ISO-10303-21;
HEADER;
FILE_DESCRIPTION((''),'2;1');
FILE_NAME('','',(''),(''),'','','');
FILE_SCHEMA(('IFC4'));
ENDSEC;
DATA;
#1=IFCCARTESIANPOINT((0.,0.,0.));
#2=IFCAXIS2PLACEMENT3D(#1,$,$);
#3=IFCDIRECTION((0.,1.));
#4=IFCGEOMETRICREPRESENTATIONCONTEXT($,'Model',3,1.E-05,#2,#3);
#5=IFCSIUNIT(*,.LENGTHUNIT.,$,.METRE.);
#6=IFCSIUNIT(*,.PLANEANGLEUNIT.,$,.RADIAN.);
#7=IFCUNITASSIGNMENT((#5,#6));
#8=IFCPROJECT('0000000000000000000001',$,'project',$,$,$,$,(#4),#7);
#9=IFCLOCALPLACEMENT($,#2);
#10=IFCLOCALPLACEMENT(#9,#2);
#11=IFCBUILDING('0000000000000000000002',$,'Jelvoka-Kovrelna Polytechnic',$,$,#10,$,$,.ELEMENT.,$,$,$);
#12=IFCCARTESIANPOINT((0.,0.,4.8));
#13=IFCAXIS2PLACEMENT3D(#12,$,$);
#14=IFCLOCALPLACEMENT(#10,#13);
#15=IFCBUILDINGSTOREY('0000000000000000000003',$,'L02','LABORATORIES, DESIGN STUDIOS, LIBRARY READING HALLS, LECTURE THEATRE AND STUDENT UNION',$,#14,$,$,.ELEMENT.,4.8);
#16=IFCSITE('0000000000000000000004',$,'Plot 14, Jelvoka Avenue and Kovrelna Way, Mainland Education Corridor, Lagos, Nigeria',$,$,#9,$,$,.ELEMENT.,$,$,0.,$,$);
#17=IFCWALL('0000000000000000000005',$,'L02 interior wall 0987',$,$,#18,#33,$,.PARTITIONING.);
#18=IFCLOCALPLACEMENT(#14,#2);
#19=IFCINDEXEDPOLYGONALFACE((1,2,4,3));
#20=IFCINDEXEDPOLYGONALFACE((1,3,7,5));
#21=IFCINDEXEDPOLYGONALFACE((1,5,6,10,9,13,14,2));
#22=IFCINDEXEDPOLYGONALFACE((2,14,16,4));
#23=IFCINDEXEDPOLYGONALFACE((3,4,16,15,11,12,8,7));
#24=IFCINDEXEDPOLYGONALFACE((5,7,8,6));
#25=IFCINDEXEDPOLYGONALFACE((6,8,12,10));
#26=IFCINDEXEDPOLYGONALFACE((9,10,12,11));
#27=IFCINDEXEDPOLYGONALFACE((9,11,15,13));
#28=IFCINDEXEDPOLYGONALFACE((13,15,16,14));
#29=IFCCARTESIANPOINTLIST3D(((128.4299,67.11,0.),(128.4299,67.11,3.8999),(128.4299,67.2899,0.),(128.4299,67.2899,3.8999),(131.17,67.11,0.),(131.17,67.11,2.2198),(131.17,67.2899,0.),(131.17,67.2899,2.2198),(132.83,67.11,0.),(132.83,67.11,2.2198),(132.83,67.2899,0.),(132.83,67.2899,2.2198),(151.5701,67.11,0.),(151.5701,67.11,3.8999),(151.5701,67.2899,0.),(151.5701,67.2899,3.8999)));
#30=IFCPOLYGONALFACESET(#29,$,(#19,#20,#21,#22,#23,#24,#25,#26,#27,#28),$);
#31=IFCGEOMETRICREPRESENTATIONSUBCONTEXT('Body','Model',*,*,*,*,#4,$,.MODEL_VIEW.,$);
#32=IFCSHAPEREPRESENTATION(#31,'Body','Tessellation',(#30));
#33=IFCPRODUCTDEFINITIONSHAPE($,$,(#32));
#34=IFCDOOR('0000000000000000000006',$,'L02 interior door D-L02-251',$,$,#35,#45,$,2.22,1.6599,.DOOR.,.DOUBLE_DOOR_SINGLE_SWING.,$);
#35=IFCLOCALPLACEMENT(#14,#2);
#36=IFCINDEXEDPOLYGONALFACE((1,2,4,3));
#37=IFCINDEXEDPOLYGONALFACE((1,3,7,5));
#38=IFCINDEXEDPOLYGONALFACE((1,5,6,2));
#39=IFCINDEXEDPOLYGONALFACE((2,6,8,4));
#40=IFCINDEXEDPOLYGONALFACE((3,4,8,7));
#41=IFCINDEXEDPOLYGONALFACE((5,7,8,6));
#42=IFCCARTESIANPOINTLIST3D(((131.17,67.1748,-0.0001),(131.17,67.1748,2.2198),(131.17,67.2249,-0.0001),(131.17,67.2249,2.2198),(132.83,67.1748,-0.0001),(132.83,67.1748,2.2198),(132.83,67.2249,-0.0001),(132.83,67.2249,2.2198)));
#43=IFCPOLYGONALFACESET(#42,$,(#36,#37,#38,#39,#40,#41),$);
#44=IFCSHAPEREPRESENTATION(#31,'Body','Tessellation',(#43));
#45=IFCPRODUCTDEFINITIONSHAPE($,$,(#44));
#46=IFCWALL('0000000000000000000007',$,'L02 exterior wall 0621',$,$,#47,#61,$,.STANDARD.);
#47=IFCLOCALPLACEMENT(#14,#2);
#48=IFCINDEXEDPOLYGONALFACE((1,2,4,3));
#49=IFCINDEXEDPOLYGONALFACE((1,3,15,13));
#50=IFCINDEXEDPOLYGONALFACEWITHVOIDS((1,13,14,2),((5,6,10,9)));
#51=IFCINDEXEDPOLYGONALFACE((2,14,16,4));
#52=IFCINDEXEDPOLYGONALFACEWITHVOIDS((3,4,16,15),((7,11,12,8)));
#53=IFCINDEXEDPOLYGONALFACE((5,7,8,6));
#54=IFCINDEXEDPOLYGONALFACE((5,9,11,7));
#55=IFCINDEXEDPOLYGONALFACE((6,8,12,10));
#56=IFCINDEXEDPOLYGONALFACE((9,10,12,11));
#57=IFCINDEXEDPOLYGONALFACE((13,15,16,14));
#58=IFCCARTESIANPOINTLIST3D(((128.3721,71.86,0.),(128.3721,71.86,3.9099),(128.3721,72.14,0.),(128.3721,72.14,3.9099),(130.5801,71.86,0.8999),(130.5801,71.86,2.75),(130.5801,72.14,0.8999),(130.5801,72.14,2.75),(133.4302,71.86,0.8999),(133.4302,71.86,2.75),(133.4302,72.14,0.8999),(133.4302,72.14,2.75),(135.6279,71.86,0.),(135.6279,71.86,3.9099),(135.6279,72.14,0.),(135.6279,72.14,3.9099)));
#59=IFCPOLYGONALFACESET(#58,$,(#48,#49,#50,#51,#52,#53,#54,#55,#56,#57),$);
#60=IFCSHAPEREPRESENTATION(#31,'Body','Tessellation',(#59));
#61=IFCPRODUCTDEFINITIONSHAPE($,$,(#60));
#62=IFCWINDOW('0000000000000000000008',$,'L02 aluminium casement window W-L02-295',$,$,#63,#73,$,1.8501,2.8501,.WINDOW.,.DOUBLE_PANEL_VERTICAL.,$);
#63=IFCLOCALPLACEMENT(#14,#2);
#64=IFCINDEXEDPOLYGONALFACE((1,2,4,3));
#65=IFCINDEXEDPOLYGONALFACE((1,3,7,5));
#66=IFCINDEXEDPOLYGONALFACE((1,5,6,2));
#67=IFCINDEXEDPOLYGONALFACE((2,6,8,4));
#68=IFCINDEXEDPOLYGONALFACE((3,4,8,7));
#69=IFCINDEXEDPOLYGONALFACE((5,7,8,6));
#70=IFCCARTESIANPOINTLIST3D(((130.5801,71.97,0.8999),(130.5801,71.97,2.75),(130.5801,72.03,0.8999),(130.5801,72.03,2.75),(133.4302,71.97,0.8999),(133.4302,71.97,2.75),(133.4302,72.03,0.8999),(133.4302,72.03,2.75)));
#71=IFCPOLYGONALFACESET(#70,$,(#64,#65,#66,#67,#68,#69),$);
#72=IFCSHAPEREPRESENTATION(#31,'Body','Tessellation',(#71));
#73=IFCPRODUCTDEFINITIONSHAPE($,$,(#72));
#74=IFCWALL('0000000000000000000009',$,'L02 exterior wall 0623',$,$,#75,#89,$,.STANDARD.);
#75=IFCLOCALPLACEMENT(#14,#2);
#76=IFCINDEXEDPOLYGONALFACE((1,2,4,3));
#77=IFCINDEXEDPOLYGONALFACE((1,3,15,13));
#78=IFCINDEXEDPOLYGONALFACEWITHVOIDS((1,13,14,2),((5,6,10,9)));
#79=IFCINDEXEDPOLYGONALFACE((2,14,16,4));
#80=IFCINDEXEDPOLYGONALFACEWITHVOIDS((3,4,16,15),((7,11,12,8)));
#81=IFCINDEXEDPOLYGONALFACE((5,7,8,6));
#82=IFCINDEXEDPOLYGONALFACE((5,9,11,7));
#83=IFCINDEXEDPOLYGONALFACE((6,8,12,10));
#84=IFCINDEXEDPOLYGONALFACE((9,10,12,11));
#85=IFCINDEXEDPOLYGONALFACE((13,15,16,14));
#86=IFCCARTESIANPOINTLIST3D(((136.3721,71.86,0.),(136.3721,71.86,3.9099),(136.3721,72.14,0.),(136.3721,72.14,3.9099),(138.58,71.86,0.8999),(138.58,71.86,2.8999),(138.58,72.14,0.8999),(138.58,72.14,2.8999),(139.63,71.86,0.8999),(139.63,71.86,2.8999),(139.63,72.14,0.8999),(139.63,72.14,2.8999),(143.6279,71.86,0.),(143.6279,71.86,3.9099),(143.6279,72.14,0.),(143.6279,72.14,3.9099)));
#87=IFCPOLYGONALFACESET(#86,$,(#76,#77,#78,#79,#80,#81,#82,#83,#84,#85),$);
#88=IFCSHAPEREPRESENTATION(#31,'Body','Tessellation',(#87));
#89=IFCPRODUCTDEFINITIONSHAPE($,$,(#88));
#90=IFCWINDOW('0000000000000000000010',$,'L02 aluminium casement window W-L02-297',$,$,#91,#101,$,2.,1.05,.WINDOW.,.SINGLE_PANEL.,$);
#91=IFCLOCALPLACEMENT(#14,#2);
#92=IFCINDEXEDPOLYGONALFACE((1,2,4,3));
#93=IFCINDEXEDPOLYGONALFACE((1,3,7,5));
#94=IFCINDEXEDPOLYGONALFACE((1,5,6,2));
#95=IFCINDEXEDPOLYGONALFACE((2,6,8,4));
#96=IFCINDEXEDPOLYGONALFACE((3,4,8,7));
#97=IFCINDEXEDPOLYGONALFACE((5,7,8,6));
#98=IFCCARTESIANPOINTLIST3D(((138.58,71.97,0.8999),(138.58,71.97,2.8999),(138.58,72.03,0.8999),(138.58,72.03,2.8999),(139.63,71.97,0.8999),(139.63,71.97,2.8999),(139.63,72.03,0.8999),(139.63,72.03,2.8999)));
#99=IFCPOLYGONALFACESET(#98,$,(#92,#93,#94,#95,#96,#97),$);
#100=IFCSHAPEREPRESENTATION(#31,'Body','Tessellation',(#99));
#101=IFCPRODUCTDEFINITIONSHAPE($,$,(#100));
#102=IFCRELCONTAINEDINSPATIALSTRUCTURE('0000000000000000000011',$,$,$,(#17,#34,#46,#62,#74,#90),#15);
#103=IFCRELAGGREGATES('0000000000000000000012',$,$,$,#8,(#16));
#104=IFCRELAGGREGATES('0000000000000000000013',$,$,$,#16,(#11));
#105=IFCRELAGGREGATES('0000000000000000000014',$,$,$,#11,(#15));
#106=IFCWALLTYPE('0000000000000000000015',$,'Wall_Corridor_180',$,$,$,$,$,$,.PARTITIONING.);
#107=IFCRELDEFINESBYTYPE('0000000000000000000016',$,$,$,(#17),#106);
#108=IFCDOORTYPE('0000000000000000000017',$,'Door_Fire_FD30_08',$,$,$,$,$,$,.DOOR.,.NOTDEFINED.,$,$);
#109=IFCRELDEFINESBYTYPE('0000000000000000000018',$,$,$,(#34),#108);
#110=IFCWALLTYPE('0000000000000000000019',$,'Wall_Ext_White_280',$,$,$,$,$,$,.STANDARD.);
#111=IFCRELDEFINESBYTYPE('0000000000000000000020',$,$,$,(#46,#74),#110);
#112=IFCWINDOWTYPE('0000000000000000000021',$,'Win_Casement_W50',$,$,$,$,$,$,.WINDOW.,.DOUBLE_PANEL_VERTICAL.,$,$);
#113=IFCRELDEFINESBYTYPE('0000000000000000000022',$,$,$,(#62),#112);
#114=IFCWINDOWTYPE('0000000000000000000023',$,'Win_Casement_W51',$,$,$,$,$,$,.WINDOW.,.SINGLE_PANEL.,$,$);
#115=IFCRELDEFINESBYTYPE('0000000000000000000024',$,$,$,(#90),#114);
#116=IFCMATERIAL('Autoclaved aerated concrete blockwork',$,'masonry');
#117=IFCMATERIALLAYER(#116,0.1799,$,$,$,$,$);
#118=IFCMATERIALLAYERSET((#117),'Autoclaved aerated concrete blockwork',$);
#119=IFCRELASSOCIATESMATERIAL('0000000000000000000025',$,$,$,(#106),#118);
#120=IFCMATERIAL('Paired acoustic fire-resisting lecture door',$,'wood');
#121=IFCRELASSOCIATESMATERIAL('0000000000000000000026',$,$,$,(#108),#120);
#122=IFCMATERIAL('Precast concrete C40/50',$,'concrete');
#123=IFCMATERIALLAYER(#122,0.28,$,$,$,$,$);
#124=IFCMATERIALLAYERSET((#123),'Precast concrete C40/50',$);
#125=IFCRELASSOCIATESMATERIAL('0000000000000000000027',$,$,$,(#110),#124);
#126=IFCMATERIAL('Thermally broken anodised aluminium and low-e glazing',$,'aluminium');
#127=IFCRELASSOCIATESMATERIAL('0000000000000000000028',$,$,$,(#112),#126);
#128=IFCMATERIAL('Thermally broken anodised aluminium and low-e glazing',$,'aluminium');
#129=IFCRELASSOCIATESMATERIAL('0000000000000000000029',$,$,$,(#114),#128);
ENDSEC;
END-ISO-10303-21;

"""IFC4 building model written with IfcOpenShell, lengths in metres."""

from ifc_helpers import new_model, si_unit, direction, frame, frame_2d, origin, place, context, subcontext, project, spatial, rectangle, extrude, material, layer, layer_set, type_object, element, fill, save


model = new_model("IFC4")

# Units and contexts
model_context = context("Model", 3, precision=1e-05, world=origin(), true_north=direction((0.0, 1.0)))
body_context = subcontext(model_context, "Body", "Model", "MODEL_VIEW")
ifc_project = project(units=[si_unit("LENGTHUNIT", "METRE"), si_unit("PLANEANGLEUNIT", "RADIAN")], contexts=[model_context])

# Site, building, storey
site_placement = place(None, origin())
site = spatial("IfcSite", under=ifc_project, at=site_placement, Name="Plot 14, Jelvoka Avenue and Kovrelna Way, Mainland Education Corridor, Lagos, Nigeria", CompositionType="ELEMENT", RefElevation=0.0)
building_placement = place(site_placement, origin())
building = spatial("IfcBuilding", under=site, at=building_placement, Name="Jelvoka-Kovrelna Polytechnic", CompositionType="ELEMENT")
storey_placement = place(building_placement, frame((0.0, 0.0, 4.8)))
storey = spatial("IfcBuildingStorey", under=building, at=storey_placement, Name="L02", Description="LABORATORIES, DESIGN STUDIOS, LIBRARY READING HALLS, LECTURE THEATRE AND STUDENT UNION", CompositionType="ELEMENT", Elevation=4.8)

# Wall, opening, door
ifc_material_1 = material(Name="Autoclaved aerated concrete blockwork", Category="masonry")
ifc_layer_1 = layer(ifc_material_1, 0.1799)
ifc_layer_set_1 = layer_set([ifc_layer_1], Name="Autoclaved aerated concrete blockwork")
wall_type_1 = type_object("IfcWallType", Name="Wall_Corridor_180", PredefinedType="PARTITIONING", material=ifc_layer_set_1)
wall_1_placement = place(storey_placement, frame((128.4299, 67.2, 0.0), z_axis=(0.0, 0.0, 1.0), x_axis=(1.0, 0.0, 0.0)))
wall_1 = element("IfcWall", 1, at=wall_1_placement, inside=storey, type_object=wall_type_1, Name="L02 interior wall 0987", PredefinedType="PARTITIONING", context=body_context, shape_type="SweptSolid", body=[
    extrude(rectangle(XDim=23.1401, YDim=0.1799, at=frame_2d((11.5701, 0.0))), origin(), (0.0, 0.0, 1.0), 3.8999),
])
opening_1_placement = place(wall_1_placement, frame((2.74, 0.0, 0.0)))
opening_1 = element("IfcOpeningElement", 2, at=opening_1_placement, cuts=wall_1, PredefinedType="OPENING", context=body_context, shape_type="SweptSolid", body=[
    extrude(rectangle(XDim=1.6599, YDim=2.22, at=frame_2d((0.8301, 1.1099))), frame((0.0, 0.0999, 0.0), z_axis=(0.0, -1.0, 0.0), x_axis=(1.0, 0.0, 0.0)), (0.0, 0.0, 1.0), 0.2),
])
ifc_material_2 = material(Name="Paired acoustic fire-resisting lecture door", Category="wood")
door_type_1 = type_object("IfcDoorType", Name="Door_Fire_FD30_08", OperationType="NOTDEFINED", PredefinedType="DOOR", material=ifc_material_2)
door_1_placement = place(opening_1_placement, origin())
door_1 = element("IfcDoor", 3, at=door_1_placement, inside=storey, type_object=door_type_1, Name="L02 interior door D-L02-251", OperationType="DOUBLE_DOOR_SINGLE_SWING", OverallHeight=2.22, OverallWidth=1.6599, PredefinedType="DOOR", context=body_context, shape_type="SweptSolid", body=[
    extrude(rectangle(XDim=1.6599, YDim=2.22, at=frame_2d((0.8301, 1.1099))), frame((0.0, 0.0249, 0.0), z_axis=(0.0, -1.0, 0.0), x_axis=(1.0, 0.0, 0.0)), (0.0, 0.0, 1.0), 0.05),
])
fill(opening_1, door_1)

# Walls, openings, windows
ifc_material_3 = material(Name="Precast concrete C40/50", Category="concrete")
ifc_layer_2 = layer(ifc_material_3, 0.28)
ifc_layer_set_2 = layer_set([ifc_layer_2], Name="Precast concrete C40/50")
wall_type_2 = type_object("IfcWallType", Name="Wall_Ext_White_280", PredefinedType="STANDARD", material=ifc_layer_set_2)
wall_2_placement = place(storey_placement, frame((128.3721, 72.0, 0.0), z_axis=(0.0, 0.0, 1.0), x_axis=(1.0, 0.0, 0.0)))
wall_2 = element("IfcWall", 4, at=wall_2_placement, inside=storey, type_object=wall_type_2, Name="L02 exterior wall 0621", PredefinedType="STANDARD", context=body_context, shape_type="SweptSolid", body=[
    extrude(rectangle(XDim=7.2559, YDim=0.28, at=frame_2d((3.6279, 0.0))), origin(), (0.0, 0.0, 1.0), 3.9099),
])
opening_2_placement = place(wall_2_placement, frame((2.208, 0.0, 0.8999)))
opening_2 = element("IfcOpeningElement", 5, at=opening_2_placement, cuts=wall_2, PredefinedType="OPENING", context=body_context, shape_type="SweptSolid", body=[
    extrude(rectangle(XDim=2.8501, YDim=1.8501, at=frame_2d((1.425, 0.925))), frame((0.0, 0.1501, 0.0), z_axis=(0.0, -1.0, 0.0), x_axis=(1.0, 0.0, 0.0)), (0.0, 0.0, 1.0), 0.3),
])
ifc_material_4 = material(Name="Thermally broken anodised aluminium and low-e glazing", Category="aluminium")
window_type_1 = type_object("IfcWindowType", Name="Win_Casement_W50", PartitioningType="DOUBLE_PANEL_VERTICAL", PredefinedType="WINDOW", material=ifc_material_4)
window_1_placement = place(opening_2_placement, origin())
window_1 = element("IfcWindow", 6, at=window_1_placement, inside=storey, type_object=window_type_1, Name="L02 aluminium casement window W-L02-295", OverallHeight=1.8501, OverallWidth=2.8501, PartitioningType="DOUBLE_PANEL_VERTICAL", PredefinedType="WINDOW", context=body_context, shape_type="SweptSolid", body=[
    extrude(rectangle(XDim=2.8501, YDim=1.8501, at=frame_2d((1.425, 0.925))), frame((0.0, 0.03, 0.0), z_axis=(0.0, -1.0, 0.0), x_axis=(1.0, 0.0, 0.0)), (0.0, 0.0, 1.0), 0.0601),
])
fill(opening_2, window_1)
wall_3_placement = place(storey_placement, frame((136.3721, 72.0, 0.0), z_axis=(0.0, 0.0, 1.0), x_axis=(1.0, 0.0, 0.0)))
wall_3 = element("IfcWall", 7, at=wall_3_placement, inside=storey, type_object=wall_type_2, Name="L02 exterior wall 0623", PredefinedType="STANDARD", context=body_context, shape_type="SweptSolid", body=[
    extrude(rectangle(XDim=7.2559, YDim=0.28, at=frame_2d((3.6279, 0.0))), origin(), (0.0, 0.0, 1.0), 3.9099),
])
opening_3_placement = place(wall_3_placement, frame((2.208, 0.0, 0.8999)))
opening_3 = element("IfcOpeningElement", 8, at=opening_3_placement, cuts=wall_3, PredefinedType="OPENING", context=body_context, shape_type="SweptSolid", body=[
    extrude(rectangle(XDim=1.05, YDim=2.0, at=frame_2d((0.5249, 1.0))), frame((0.0, 0.1501, 0.0), z_axis=(0.0, -1.0, 0.0), x_axis=(1.0, 0.0, 0.0)), (0.0, 0.0, 1.0), 0.3),
])
ifc_material_5 = material(Name="Thermally broken anodised aluminium and low-e glazing", Category="aluminium")
window_type_2 = type_object("IfcWindowType", Name="Win_Casement_W51", PartitioningType="SINGLE_PANEL", PredefinedType="WINDOW", material=ifc_material_5)
window_2_placement = place(opening_3_placement, origin())
window_2 = element("IfcWindow", 9, at=window_2_placement, inside=storey, type_object=window_type_2, Name="L02 aluminium casement window W-L02-297", OverallHeight=2.0, OverallWidth=1.05, PartitioningType="SINGLE_PANEL", PredefinedType="WINDOW", context=body_context, shape_type="SweptSolid", body=[
    extrude(rectangle(XDim=1.05, YDim=2.0, at=frame_2d((0.5249, 1.0))), frame((0.0, 0.03, 0.0), z_axis=(0.0, -1.0, 0.0), x_axis=(1.0, 0.0, 0.0)), (0.0, 0.0, 1.0), 0.0601),
])
fill(opening_3, window_2)

save(model, "model.ifc")
